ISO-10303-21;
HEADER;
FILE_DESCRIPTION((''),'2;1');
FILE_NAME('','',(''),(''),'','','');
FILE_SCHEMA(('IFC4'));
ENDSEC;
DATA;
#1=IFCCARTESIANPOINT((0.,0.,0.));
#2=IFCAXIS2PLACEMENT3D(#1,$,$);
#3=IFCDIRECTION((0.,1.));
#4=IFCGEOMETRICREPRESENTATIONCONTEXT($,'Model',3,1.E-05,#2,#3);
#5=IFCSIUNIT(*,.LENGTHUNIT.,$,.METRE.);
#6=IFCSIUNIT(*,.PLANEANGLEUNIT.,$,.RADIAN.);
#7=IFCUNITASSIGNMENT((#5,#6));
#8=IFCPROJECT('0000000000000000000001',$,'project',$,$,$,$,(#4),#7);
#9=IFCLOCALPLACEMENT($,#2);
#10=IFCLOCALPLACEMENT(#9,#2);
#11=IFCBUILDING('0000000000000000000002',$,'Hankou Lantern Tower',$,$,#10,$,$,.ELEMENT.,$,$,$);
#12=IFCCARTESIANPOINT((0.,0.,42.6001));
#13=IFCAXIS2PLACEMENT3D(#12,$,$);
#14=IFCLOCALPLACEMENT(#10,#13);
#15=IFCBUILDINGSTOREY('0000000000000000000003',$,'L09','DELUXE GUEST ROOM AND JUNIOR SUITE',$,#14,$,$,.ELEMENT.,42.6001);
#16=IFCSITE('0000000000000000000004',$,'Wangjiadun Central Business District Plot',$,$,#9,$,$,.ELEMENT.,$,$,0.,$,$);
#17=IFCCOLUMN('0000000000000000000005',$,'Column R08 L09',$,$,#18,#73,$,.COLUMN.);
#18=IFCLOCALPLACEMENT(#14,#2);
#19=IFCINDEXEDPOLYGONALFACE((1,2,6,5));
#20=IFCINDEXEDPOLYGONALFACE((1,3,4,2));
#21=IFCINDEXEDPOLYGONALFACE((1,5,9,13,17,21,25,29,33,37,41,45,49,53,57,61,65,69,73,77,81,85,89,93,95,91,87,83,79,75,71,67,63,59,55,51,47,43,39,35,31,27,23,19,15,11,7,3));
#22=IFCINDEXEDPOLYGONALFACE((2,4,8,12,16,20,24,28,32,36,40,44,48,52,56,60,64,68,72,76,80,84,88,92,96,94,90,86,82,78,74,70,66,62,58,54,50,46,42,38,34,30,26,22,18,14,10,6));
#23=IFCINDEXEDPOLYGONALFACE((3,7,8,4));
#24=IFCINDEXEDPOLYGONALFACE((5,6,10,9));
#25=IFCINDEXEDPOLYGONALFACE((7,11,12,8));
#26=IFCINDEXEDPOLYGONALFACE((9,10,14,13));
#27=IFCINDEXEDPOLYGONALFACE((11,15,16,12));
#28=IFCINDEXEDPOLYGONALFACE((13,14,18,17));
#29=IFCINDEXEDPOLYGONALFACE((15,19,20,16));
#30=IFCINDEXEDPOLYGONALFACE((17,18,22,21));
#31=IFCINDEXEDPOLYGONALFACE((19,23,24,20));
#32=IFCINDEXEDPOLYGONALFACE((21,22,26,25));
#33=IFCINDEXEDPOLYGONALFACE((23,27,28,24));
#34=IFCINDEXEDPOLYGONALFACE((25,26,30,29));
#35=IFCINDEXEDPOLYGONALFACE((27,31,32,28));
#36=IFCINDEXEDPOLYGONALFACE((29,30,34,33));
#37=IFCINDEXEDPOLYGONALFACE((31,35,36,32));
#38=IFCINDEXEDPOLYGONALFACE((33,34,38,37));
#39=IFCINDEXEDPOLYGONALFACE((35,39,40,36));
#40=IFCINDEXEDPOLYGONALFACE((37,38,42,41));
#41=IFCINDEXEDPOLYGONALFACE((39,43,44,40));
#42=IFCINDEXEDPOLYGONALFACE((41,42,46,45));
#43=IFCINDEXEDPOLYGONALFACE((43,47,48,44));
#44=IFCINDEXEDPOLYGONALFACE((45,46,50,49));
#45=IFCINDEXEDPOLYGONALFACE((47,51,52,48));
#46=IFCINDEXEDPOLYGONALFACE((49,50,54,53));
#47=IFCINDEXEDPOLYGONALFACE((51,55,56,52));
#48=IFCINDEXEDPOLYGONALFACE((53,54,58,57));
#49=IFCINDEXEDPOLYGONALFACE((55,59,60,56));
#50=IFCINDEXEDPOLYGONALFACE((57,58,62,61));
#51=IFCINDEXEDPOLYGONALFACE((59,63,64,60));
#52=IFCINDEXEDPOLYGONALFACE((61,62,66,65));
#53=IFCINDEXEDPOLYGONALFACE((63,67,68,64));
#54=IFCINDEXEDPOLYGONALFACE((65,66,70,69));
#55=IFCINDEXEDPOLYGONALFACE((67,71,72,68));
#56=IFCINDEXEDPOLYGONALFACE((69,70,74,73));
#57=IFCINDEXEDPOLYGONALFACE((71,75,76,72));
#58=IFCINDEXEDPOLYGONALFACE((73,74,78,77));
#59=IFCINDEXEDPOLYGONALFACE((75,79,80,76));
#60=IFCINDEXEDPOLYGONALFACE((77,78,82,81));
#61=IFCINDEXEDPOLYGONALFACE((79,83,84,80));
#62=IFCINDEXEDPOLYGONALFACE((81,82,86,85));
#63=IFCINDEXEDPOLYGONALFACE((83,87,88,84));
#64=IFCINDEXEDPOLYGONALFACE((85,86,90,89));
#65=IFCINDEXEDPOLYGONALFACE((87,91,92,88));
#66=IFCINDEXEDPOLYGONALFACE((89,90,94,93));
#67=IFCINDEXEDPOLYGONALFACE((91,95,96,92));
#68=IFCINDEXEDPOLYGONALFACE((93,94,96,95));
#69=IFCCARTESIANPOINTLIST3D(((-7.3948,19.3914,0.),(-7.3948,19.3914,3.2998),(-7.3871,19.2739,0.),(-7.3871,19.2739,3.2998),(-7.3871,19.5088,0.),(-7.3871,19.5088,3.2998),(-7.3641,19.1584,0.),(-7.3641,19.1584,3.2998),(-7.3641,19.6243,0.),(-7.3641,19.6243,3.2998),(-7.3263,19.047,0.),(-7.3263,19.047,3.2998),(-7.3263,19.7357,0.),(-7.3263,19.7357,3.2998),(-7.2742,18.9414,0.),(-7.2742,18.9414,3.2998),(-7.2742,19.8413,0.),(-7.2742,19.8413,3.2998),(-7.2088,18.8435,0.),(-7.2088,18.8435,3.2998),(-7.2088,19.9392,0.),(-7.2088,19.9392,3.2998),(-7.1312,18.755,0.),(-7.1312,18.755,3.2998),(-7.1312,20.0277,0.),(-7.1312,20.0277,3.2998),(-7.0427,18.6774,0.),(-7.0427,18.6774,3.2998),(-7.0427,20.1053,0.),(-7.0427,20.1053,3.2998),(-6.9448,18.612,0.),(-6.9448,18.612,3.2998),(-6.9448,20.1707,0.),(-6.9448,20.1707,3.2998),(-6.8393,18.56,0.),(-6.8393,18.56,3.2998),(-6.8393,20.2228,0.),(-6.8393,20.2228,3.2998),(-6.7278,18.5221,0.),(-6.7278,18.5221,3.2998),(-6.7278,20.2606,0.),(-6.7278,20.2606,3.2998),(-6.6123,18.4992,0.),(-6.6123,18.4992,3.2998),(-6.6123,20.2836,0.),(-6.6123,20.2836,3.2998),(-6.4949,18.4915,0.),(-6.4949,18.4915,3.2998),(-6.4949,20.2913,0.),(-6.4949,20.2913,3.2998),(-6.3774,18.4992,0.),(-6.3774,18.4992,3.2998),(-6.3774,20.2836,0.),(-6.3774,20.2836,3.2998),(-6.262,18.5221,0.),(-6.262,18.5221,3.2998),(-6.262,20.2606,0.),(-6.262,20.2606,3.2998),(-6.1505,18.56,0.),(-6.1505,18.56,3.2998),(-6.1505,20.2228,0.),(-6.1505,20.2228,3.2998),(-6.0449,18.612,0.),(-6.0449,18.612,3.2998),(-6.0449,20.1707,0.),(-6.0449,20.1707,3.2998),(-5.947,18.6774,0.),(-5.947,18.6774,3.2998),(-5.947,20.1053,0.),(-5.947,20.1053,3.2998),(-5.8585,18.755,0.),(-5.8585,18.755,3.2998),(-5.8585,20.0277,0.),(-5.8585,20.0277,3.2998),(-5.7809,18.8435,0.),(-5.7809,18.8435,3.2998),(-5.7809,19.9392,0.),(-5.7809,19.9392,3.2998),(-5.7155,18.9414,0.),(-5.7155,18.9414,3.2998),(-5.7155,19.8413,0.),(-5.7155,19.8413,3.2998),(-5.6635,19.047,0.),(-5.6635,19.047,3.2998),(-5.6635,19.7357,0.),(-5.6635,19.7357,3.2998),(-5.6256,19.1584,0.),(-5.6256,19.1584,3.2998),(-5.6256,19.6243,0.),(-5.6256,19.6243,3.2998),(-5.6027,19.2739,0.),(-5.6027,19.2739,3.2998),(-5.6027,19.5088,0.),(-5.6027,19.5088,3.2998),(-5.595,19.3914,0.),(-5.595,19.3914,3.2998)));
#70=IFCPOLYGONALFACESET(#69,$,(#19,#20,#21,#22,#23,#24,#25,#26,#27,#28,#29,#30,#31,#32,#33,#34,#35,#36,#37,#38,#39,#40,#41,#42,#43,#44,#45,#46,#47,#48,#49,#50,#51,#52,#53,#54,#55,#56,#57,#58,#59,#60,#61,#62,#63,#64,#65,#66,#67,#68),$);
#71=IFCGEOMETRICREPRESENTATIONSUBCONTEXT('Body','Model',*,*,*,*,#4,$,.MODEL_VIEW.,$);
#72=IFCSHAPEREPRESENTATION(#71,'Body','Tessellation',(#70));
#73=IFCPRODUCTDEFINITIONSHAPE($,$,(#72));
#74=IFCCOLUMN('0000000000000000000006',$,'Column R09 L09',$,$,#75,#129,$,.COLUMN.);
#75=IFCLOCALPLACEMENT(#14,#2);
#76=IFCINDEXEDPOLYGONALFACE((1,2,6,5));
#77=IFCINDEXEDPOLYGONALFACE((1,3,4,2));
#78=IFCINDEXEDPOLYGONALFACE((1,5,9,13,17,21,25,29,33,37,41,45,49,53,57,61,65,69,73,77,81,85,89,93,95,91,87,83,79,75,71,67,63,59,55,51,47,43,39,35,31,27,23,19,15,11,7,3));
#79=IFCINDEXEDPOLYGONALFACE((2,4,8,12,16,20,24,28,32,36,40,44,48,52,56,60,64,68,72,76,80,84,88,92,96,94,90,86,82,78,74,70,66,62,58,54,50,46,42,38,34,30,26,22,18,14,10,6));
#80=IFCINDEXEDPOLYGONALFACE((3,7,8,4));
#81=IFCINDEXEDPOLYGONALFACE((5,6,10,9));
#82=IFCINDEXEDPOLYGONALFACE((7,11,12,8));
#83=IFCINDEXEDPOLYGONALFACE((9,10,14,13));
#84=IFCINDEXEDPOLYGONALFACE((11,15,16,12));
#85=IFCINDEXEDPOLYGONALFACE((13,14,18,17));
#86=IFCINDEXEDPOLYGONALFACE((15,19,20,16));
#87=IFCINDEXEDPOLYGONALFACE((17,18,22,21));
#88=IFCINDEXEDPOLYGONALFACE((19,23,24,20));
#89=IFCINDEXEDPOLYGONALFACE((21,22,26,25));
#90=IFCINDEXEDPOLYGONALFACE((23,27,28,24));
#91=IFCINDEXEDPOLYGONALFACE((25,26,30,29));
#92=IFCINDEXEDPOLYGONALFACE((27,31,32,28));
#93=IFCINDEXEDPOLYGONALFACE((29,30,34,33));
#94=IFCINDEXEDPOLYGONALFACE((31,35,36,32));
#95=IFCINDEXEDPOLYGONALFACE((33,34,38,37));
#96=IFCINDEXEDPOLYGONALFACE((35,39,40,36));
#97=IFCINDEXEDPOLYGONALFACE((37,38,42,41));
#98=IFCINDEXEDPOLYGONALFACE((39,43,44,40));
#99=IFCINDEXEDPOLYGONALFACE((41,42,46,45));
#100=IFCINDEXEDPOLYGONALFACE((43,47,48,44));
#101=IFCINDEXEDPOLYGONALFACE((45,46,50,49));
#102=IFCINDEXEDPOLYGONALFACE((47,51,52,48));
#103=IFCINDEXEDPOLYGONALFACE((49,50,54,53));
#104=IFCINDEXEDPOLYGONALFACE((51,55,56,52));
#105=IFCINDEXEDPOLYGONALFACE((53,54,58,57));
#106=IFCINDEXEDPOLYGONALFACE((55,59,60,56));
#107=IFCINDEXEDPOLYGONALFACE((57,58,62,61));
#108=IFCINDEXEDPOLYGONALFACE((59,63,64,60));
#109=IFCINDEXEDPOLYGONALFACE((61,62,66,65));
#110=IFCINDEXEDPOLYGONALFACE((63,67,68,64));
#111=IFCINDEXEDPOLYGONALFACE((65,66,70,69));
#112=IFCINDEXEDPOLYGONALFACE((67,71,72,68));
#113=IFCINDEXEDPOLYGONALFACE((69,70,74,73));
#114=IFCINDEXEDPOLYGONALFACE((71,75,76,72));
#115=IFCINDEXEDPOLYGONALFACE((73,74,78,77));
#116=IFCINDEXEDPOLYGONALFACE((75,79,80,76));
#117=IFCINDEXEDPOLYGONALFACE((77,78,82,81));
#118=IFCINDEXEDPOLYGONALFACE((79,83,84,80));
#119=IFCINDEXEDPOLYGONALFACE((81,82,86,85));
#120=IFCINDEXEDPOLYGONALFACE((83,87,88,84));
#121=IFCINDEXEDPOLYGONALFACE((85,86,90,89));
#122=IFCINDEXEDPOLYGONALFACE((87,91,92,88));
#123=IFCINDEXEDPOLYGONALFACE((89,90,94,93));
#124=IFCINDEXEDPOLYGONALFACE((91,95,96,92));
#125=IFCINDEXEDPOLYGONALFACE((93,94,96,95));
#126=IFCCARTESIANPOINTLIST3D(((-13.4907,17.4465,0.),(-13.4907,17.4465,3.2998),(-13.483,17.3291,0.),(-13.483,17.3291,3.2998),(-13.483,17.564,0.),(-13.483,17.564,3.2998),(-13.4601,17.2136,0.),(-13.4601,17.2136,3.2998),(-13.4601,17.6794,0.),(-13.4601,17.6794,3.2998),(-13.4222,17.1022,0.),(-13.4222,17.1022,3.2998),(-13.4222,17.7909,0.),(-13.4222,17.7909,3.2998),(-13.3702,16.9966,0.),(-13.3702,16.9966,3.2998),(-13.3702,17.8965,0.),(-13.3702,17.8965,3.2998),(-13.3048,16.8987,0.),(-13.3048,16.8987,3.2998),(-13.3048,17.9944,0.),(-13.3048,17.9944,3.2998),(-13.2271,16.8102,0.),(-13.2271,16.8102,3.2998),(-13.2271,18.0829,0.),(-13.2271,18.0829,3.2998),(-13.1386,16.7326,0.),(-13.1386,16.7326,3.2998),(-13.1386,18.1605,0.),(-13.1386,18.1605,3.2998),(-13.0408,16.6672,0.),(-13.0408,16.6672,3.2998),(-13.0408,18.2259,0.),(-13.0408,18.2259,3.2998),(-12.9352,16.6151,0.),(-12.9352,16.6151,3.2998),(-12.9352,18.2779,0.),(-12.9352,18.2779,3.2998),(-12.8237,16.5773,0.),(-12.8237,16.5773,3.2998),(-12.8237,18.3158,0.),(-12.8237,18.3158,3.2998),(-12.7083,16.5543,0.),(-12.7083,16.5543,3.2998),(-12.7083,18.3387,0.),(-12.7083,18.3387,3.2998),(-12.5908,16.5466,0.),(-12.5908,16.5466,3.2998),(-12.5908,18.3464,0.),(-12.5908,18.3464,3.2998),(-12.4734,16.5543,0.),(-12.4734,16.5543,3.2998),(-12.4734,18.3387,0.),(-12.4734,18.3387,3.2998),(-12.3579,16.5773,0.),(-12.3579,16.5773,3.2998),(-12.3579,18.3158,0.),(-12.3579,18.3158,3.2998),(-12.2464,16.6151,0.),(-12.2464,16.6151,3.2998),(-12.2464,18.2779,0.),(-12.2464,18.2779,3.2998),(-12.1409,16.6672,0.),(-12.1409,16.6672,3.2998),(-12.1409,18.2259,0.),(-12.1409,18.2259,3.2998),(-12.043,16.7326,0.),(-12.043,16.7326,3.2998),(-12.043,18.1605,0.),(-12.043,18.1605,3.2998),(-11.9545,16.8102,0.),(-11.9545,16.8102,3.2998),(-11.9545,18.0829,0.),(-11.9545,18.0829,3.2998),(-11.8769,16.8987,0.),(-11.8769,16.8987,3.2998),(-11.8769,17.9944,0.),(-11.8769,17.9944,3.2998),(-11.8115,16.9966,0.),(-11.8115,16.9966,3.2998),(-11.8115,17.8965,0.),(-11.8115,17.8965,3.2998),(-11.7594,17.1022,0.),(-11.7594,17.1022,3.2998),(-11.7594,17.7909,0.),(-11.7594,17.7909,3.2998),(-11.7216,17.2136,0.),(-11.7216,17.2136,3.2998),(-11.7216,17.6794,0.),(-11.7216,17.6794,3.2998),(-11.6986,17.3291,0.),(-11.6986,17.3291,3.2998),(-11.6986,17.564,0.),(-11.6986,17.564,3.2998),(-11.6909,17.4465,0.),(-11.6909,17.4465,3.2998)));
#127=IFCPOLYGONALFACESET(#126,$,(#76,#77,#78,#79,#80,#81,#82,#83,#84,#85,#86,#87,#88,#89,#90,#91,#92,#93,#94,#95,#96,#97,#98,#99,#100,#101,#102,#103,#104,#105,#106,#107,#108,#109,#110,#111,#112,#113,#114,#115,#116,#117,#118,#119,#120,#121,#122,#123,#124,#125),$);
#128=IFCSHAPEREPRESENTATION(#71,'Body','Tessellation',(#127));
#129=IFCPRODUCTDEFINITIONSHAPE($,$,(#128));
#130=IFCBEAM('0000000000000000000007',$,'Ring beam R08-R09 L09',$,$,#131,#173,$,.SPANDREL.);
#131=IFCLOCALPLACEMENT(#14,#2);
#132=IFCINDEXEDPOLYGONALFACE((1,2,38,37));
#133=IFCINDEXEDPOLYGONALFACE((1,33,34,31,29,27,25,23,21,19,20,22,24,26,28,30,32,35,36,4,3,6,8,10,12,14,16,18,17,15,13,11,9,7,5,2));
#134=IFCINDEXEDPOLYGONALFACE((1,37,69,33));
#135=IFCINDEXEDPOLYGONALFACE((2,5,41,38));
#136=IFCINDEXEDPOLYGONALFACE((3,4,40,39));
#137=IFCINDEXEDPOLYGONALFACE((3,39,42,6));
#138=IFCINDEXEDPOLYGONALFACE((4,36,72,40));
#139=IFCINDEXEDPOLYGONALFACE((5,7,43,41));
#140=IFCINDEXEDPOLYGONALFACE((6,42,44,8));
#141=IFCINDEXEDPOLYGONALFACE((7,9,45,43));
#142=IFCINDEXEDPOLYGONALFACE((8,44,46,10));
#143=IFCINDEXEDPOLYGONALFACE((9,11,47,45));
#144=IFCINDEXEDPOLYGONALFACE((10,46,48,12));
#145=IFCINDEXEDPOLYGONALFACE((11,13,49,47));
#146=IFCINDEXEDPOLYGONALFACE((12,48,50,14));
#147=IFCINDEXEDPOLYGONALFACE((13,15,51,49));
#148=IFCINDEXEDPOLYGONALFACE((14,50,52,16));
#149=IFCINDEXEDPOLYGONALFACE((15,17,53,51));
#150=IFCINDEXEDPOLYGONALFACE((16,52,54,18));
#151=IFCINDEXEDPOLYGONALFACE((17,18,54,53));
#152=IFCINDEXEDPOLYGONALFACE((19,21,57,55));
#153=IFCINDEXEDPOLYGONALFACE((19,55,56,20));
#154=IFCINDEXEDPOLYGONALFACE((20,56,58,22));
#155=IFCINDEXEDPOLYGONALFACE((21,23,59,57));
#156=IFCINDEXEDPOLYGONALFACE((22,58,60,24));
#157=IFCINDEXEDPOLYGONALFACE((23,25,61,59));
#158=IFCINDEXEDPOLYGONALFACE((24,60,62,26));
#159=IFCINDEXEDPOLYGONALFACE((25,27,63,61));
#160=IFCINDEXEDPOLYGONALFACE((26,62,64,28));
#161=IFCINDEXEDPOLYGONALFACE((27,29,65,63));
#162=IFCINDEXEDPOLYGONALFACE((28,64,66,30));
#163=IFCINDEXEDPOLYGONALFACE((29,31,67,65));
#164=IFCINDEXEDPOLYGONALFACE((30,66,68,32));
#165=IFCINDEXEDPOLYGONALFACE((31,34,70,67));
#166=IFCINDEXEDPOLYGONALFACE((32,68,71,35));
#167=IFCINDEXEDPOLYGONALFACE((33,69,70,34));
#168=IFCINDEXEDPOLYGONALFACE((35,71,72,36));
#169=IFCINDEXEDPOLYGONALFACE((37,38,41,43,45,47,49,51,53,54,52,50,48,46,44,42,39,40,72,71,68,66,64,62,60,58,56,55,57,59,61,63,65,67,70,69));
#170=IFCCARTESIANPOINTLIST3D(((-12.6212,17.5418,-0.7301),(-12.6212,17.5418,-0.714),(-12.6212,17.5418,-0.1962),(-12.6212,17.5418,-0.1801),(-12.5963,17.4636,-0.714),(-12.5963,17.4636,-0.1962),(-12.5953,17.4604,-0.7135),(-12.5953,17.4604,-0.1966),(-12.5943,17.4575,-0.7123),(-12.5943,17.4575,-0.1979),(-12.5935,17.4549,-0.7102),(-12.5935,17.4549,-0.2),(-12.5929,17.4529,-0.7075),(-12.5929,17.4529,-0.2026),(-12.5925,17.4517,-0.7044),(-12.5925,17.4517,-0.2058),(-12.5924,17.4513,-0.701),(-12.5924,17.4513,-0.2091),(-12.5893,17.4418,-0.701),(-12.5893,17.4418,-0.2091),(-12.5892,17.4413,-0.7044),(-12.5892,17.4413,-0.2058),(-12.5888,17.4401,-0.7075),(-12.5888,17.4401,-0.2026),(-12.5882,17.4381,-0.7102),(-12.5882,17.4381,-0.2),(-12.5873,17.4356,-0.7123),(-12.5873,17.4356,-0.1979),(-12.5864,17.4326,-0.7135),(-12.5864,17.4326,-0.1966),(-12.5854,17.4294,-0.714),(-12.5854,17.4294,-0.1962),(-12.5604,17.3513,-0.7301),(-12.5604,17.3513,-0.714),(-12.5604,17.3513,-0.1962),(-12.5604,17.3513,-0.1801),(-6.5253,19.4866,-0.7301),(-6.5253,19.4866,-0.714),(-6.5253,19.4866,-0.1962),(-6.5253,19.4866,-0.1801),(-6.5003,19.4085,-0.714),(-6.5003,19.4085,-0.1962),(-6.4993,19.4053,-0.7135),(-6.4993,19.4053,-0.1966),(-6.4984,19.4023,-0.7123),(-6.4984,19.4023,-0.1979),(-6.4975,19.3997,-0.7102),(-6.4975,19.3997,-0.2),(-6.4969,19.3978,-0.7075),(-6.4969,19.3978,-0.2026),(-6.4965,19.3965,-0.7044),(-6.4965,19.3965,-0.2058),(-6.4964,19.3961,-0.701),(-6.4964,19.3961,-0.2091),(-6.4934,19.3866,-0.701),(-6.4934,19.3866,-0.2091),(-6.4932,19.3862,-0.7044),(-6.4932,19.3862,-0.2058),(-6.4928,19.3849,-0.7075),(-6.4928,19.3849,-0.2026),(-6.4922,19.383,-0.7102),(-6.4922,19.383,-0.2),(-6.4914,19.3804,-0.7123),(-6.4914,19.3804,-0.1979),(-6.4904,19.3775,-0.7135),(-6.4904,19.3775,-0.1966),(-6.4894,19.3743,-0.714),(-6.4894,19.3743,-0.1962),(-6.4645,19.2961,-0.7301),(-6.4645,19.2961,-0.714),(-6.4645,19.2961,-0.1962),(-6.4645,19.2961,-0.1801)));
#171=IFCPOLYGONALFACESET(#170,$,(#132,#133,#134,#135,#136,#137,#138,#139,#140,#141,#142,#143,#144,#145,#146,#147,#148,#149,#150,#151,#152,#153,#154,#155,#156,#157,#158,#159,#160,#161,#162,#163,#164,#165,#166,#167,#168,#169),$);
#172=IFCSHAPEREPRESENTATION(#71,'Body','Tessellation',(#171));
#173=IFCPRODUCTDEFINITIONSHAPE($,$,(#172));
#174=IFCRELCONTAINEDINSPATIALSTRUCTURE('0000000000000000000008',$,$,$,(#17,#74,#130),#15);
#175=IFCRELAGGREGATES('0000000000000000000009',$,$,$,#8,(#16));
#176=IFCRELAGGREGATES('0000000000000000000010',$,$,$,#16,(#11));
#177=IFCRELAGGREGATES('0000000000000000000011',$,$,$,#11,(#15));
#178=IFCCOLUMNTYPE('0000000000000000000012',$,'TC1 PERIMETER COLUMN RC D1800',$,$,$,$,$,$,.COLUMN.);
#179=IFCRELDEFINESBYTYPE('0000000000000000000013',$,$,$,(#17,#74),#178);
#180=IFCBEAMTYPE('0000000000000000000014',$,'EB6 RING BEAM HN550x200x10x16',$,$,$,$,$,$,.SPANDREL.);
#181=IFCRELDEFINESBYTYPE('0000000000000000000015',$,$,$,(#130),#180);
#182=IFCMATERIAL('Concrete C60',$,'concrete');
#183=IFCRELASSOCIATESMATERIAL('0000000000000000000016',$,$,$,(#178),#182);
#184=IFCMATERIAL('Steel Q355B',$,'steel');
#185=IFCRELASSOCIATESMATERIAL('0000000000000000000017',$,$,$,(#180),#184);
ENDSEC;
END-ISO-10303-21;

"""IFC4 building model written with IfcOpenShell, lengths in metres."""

from ifc_helpers import new_model, si_unit, direction, frame, origin, origin_2d, place, context, subcontext, project, spatial, circle, i_section, extrude, material, material_profile, profile_set, type_object, element, save


model = new_model("IFC4")

# Units and contexts
model_context = context("Model", 3, precision=1e-05, world=origin(), true_north=direction((0.0, 1.0)))
body_context = subcontext(model_context, "Body", "Model", "MODEL_VIEW")
ifc_project = project(units=[si_unit("LENGTHUNIT", "METRE"), si_unit("PLANEANGLEUNIT", "RADIAN")], contexts=[model_context])

# Site, building, storey
site_placement = place(None, origin())
site = spatial("IfcSite", under=ifc_project, at=site_placement, Name="Wangjiadun Central Business District Plot", CompositionType="ELEMENT", RefElevation=0.0)
building_placement = place(site_placement, origin())
building = spatial("IfcBuilding", under=site, at=building_placement, Name="Hankou Lantern Tower", CompositionType="ELEMENT")
storey_placement = place(building_placement, frame((0.0, 0.0, 42.6001)))
storey = spatial("IfcBuildingStorey", under=building, at=storey_placement, Name="L09", Description="DELUXE GUEST ROOM AND JUNIOR SUITE", CompositionType="ELEMENT", Elevation=42.6001)

# Columns
ifc_material_1 = material(Name="Concrete C60", Category="concrete")
ifc_material_profile_1 = material_profile(ifc_material_1, circle(Radius=0.8999, at=origin_2d()), Name="RC D1800")
ifc_profile_set_1 = profile_set([ifc_material_profile_1], Name="Concrete C60")
column_type = type_object("IfcColumnType", Name="TC1 PERIMETER COLUMN RC D1800", PredefinedType="COLUMN", material=ifc_profile_set_1)
for number, where, z_axis, x_axis, name in (
    (1, (-6.4949, 19.3914, 0.0), (0.0, 0.0, 1.0), (1.0, 0.0, 0.0), "Column R08 L09"),
    (2, (-12.5908, 17.4465, 0.0), (0.0, 0.0, 1.0), (1.0, 0.0, 0.0), "Column R09 L09"),
):
    element("IfcColumn", number, at=place(storey_placement, frame(where, z_axis=z_axis, x_axis=x_axis)), inside=storey, type_object=column_type, Name=name, PredefinedType="COLUMN", context=body_context, shape_type="SweptSolid", body=[
        extrude(circle(Radius=0.8999, at=origin_2d()), origin(), (0.0, 0.0, 1.0), 3.2998),
    ])

# Beam
ifc_material_2 = material(Name="Steel Q355B", Category="steel")
ifc_material_profile_2 = material_profile(ifc_material_2, i_section(OverallWidth=0.2, OverallDepth=0.55, WebThickness=0.01, FlangeThickness=0.0161, FilletRadius=0.0129, at=origin_2d()), Name="HN550x200x10x16")
ifc_profile_set_2 = profile_set([ifc_material_profile_2], Name="Steel Q355B")
beam_type_1 = type_object("IfcBeamType", Name="EB6 RING BEAM HN550x200x10x16", PredefinedType="SPANDREL", material=ifc_profile_set_2)
beam_1_placement = place(storey_placement, frame((-6.4949, 19.3914, -0.4551), z_axis=(-0.95269, -0.303942, 0.0), x_axis=(0.303942, -0.95269, 0.0)))
element("IfcBeam", 3, at=beam_1_placement, inside=storey, type_object=beam_type_1, Name="Ring beam R08-R09 L09", PredefinedType="SPANDREL", context=body_context, shape_type="SweptSolid", body=[
    extrude(i_section(OverallWidth=0.2, OverallDepth=0.55, WebThickness=0.01, FlangeThickness=0.0161, FilletRadius=0.0129, at=origin_2d()), origin(), (0.0, 0.0, 1.0), 6.3987),
])

save(model, "model.ifc")
